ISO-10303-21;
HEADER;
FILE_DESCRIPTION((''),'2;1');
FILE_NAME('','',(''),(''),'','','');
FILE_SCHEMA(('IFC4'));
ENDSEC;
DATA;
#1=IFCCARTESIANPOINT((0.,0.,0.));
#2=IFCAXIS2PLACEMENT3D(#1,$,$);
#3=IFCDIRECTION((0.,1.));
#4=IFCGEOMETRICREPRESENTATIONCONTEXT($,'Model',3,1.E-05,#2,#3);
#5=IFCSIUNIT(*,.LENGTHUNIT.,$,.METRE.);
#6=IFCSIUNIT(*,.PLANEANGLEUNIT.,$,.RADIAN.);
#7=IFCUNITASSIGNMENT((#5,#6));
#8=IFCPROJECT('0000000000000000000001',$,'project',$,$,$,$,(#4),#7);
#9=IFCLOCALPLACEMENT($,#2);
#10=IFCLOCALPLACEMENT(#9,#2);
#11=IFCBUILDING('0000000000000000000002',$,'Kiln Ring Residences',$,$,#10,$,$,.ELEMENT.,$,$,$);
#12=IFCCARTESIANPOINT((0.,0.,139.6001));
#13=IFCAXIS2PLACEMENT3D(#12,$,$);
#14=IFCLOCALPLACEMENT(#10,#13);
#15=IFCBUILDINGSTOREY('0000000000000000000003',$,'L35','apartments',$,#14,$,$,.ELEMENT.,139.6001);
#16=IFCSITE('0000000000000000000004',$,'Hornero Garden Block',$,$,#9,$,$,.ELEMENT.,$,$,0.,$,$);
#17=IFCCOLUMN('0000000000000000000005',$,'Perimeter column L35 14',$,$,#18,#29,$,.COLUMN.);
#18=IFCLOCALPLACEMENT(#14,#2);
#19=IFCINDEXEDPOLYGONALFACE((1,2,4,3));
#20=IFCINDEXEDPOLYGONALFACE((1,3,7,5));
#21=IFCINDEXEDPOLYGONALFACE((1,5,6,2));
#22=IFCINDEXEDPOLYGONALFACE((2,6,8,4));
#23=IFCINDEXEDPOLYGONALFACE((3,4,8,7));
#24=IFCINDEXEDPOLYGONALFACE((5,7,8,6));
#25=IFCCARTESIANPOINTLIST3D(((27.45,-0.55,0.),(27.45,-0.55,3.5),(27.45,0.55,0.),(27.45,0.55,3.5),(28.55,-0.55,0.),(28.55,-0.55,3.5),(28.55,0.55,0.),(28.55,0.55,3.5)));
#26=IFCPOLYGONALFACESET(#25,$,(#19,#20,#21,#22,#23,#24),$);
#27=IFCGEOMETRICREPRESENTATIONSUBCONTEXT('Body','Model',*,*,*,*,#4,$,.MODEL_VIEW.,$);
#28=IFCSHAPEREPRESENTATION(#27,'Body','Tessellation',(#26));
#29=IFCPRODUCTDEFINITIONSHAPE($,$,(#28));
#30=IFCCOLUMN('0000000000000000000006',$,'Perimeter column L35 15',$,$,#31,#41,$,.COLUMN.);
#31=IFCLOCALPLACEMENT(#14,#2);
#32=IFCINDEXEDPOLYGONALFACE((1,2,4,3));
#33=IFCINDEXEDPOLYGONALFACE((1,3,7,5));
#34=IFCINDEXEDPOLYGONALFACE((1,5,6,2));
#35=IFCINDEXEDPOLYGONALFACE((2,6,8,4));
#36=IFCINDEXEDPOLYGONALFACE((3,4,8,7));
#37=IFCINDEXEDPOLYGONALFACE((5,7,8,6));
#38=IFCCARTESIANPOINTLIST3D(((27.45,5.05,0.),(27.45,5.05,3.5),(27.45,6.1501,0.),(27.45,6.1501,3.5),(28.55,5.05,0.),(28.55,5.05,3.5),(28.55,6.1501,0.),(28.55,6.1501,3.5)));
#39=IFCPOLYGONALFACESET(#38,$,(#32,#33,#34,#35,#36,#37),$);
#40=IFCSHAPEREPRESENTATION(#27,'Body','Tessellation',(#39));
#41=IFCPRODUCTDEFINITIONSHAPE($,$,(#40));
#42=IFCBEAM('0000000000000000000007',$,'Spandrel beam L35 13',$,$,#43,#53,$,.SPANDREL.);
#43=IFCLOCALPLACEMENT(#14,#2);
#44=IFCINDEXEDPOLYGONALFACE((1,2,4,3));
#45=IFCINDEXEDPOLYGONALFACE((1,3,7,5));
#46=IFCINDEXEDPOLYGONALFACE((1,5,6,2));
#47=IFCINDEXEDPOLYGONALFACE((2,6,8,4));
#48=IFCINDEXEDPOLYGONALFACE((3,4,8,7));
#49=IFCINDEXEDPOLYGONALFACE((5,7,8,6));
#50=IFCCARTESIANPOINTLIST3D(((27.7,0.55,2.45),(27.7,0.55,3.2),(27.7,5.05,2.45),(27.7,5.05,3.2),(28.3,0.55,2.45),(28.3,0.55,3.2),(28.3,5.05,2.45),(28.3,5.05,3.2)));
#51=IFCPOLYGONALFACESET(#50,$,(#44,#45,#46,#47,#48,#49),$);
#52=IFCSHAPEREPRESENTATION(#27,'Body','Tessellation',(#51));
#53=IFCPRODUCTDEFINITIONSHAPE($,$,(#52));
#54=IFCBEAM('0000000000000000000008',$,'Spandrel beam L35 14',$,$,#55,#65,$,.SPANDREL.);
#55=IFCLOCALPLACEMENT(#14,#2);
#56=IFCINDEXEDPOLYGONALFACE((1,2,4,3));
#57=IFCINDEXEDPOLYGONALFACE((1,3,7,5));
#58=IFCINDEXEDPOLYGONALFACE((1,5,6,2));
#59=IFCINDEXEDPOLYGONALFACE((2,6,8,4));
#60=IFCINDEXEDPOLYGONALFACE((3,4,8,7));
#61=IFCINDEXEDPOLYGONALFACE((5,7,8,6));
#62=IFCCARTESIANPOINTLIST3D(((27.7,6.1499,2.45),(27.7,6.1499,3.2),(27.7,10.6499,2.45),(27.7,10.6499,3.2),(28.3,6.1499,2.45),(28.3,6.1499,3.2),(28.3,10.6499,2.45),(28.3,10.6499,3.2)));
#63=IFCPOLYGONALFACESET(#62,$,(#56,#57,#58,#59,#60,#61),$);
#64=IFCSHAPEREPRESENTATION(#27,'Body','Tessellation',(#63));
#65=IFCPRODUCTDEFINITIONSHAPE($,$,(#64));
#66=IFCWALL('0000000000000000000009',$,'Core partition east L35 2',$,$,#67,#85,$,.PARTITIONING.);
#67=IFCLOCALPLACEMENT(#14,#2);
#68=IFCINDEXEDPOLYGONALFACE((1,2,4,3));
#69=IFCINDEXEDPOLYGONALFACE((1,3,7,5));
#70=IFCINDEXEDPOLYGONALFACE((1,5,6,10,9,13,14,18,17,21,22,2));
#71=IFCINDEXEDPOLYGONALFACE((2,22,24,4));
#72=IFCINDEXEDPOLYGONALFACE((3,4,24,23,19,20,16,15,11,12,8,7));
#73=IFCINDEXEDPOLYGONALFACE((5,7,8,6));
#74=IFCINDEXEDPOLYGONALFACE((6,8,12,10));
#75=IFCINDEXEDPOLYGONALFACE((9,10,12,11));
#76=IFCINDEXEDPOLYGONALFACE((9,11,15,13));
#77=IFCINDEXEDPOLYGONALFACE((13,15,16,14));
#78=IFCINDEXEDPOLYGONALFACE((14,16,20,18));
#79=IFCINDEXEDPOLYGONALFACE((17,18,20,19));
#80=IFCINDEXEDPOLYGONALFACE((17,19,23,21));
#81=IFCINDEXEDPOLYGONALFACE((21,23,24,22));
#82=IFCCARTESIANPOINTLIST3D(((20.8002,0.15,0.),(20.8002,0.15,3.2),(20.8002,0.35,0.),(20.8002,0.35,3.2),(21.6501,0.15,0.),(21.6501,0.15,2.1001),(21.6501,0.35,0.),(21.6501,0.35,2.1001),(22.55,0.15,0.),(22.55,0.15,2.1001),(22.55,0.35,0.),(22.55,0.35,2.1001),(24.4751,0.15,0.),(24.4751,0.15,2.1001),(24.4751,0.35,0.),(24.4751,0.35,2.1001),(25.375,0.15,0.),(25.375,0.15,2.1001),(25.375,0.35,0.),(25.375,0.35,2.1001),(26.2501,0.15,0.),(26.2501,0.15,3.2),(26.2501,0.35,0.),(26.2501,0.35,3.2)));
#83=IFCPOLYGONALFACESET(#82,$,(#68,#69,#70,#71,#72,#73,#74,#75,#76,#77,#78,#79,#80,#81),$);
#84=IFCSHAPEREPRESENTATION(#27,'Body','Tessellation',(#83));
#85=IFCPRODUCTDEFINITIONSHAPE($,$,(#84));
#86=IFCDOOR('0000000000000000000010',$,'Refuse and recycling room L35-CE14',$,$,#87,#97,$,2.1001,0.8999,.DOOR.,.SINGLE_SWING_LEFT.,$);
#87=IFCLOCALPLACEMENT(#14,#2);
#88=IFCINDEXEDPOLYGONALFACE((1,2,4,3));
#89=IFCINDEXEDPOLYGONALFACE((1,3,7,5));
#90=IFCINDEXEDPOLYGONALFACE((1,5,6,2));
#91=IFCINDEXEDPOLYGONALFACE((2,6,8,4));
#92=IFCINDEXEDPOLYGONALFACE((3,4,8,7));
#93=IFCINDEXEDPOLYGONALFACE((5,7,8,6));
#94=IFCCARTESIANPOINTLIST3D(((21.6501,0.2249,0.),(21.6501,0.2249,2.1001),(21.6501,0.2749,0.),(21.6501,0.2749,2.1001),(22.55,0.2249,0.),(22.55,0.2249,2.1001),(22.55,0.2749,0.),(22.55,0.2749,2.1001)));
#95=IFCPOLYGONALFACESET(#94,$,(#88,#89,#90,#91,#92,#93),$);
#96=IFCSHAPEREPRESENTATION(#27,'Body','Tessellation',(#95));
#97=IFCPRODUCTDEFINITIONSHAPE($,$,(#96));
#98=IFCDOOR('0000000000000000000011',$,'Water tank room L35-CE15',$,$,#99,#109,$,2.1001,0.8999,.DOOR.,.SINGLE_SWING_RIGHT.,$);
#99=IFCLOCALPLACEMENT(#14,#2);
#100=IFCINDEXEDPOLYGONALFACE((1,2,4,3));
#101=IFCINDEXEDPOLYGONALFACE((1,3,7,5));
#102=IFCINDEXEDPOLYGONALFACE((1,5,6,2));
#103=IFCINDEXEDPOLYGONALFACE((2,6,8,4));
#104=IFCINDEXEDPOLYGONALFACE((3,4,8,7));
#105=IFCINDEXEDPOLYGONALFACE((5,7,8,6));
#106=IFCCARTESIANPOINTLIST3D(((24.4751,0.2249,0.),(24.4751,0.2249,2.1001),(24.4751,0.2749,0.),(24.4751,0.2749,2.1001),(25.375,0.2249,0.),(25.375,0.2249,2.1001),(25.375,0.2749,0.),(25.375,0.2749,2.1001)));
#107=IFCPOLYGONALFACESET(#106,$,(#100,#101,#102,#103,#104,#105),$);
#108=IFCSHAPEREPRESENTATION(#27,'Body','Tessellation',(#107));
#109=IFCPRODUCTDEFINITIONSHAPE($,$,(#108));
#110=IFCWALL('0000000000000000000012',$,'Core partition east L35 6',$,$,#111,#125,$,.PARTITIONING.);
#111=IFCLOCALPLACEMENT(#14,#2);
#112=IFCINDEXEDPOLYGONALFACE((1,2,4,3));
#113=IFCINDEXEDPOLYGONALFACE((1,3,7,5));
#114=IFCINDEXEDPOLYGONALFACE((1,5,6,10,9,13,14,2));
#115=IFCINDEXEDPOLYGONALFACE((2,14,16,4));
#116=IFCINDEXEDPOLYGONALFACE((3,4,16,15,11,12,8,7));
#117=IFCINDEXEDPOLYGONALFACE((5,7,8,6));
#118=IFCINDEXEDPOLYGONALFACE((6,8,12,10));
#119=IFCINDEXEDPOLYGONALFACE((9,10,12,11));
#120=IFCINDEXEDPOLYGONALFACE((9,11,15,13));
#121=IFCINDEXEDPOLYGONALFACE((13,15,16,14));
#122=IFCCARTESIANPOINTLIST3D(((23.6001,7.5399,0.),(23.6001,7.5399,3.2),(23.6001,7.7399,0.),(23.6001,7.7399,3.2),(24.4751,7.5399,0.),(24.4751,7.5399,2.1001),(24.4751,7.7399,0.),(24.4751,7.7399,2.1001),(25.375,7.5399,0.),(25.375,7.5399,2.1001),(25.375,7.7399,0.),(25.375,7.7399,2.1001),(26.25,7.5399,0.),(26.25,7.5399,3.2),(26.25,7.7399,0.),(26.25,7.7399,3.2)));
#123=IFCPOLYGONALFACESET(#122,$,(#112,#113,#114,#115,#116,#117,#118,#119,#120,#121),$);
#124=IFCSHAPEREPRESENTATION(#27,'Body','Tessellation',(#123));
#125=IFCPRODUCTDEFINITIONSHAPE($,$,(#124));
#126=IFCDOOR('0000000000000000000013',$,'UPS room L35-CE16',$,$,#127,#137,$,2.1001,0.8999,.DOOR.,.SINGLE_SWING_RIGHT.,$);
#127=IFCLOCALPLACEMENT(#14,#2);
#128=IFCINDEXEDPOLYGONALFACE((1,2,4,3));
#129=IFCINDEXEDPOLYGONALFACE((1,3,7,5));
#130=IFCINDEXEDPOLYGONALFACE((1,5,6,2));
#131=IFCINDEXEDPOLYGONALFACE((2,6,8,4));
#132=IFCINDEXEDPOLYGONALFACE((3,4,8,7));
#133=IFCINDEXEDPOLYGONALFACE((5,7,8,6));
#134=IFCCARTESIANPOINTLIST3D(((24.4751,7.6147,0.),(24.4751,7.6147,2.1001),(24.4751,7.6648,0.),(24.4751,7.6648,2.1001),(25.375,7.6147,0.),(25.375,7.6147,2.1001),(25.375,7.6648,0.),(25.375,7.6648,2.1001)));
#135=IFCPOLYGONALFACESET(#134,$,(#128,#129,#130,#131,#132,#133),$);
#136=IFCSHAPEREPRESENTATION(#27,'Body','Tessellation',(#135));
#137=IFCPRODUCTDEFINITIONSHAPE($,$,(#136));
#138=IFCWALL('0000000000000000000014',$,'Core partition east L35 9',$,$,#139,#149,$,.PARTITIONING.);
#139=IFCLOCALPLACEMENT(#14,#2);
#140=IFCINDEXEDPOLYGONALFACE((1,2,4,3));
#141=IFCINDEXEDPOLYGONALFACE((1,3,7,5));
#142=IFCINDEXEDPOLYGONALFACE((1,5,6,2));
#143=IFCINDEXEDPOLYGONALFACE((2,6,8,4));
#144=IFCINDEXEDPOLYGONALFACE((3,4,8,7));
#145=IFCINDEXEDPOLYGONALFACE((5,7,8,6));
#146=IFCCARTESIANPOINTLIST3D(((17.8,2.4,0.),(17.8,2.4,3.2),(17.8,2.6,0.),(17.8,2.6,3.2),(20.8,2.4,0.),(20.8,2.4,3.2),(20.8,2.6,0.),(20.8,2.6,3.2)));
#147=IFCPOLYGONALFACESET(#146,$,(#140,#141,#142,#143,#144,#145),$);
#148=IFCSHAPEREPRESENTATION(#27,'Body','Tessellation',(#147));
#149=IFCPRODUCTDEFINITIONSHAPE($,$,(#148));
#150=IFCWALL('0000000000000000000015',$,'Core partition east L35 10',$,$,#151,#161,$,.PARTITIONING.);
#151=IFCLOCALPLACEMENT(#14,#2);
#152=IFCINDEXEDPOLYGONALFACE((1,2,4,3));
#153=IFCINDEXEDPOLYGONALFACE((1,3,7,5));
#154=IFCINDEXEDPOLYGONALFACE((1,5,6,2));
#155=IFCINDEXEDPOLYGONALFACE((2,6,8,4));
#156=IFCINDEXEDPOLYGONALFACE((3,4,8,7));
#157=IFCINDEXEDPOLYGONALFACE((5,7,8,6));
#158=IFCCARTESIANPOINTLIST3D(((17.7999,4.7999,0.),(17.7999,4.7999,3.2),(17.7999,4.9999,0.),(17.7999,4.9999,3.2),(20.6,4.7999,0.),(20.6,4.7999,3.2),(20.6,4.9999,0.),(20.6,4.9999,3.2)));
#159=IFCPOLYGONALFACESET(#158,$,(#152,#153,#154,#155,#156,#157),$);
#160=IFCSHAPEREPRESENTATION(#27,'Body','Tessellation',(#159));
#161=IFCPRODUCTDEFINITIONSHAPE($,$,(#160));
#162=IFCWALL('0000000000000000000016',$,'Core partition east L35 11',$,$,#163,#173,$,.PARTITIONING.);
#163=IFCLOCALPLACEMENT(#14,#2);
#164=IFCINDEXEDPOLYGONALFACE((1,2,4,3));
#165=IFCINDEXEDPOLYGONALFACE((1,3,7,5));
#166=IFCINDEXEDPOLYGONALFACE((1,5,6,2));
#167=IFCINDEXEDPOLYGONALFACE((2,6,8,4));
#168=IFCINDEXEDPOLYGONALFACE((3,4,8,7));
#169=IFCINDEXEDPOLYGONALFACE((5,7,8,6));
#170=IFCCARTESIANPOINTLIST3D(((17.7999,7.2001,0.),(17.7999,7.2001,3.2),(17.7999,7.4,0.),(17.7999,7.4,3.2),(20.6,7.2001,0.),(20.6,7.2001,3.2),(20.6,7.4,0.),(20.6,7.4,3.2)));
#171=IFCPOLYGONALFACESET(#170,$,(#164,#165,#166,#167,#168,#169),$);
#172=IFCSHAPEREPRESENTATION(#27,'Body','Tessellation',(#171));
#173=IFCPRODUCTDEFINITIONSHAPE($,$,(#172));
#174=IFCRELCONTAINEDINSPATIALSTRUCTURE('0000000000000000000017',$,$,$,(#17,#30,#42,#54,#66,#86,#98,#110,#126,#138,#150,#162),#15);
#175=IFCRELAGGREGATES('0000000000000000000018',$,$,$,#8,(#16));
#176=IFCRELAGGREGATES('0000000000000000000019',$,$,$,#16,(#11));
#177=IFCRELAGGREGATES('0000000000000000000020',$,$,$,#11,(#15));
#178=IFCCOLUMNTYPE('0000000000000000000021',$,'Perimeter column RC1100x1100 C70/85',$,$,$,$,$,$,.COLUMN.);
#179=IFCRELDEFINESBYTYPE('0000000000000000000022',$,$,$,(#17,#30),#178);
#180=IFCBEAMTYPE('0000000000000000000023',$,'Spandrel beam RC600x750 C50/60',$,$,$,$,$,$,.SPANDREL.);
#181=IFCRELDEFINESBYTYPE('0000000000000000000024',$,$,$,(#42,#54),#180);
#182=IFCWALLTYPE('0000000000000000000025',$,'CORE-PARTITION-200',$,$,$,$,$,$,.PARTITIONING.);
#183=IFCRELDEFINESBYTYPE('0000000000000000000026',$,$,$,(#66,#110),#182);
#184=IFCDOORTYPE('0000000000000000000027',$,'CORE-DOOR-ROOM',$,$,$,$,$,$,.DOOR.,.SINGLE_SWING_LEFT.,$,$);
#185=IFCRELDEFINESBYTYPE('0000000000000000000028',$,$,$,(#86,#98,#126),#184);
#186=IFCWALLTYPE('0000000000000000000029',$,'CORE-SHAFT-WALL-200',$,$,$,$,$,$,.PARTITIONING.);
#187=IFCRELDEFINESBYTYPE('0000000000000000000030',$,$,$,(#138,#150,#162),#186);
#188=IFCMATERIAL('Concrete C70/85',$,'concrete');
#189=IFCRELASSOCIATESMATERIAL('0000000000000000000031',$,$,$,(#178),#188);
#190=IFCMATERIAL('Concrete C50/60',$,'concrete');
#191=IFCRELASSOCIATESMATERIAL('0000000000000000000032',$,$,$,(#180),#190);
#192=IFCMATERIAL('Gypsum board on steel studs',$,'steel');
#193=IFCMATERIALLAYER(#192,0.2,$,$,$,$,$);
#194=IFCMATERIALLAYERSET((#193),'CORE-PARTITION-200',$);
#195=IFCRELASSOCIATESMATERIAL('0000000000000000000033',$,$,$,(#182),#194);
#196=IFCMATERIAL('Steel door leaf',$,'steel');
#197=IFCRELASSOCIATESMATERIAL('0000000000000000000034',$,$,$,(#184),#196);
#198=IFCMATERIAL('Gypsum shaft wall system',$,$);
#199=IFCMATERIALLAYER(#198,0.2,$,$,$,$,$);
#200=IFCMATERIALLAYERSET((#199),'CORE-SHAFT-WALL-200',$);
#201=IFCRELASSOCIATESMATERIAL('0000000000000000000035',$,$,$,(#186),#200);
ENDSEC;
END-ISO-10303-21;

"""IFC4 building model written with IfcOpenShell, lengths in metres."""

from ifc_helpers import new_model, si_unit, direction, frame, frame_2d, origin, origin_2d, place, context, subcontext, project, spatial, rectangle, extrude, material, layer, layer_set, material_profile, profile_set, type_object, element, fill, save


model = new_model("IFC4")

# Units and contexts
model_context = context("Model", 3, precision=1e-05, world=origin(), true_north=direction((0.0, 1.0)))
body_context = subcontext(model_context, "Body", "Model", "MODEL_VIEW")
ifc_project = project(units=[si_unit("LENGTHUNIT", "METRE"), si_unit("PLANEANGLEUNIT", "RADIAN")], contexts=[model_context])

# Site, building, storey
site_placement = place(None, origin())
site = spatial("IfcSite", under=ifc_project, at=site_placement, Name="Hornero Garden Block", CompositionType="ELEMENT", RefElevation=0.0)
building_placement = place(site_placement, origin())
building = spatial("IfcBuilding", under=site, at=building_placement, Name="Kiln Ring Residences", CompositionType="ELEMENT")
storey_placement = place(building_placement, frame((0.0, 0.0, 139.6001)))
storey = spatial("IfcBuildingStorey", under=building, at=storey_placement, Name="L35", Description="apartments", CompositionType="ELEMENT", Elevation=139.6001)

# Columns
ifc_material_1 = material(Name="Concrete C70/85", Category="concrete")
ifc_material_profile_1 = material_profile(ifc_material_1, rectangle(XDim=1.1001, YDim=1.1001, at=origin_2d()), Name="RC1100x1100")
ifc_profile_set_1 = profile_set([ifc_material_profile_1], Name="Concrete C70/85")
column_type = type_object("IfcColumnType", Name="Perimeter column RC1100x1100 C70/85", PredefinedType="COLUMN", material=ifc_profile_set_1)
for number, where, z_axis, x_axis, name in (
    (1, (28.0, 0.0, 0.0), (0.0, 0.0, 1.0), (1.0, 0.0, 0.0), "Perimeter column L35 14"),
    (2, (28.0, 5.6001, 0.0), (0.0, 0.0, 1.0), (1.0, 0.0, 0.0), "Perimeter column L35 15"),
):
    element("IfcColumn", number, at=place(storey_placement, frame(where, z_axis=z_axis, x_axis=x_axis)), inside=storey, type_object=column_type, Name=name, PredefinedType="COLUMN", context=body_context, shape_type="SweptSolid", body=[
        extrude(rectangle(XDim=1.1001, YDim=1.1001, at=origin_2d()), origin(), (0.0, 0.0, 1.0), 3.5),
    ])

# Beams
ifc_material_2 = material(Name="Concrete C50/60", Category="concrete")
ifc_material_profile_2 = material_profile(ifc_material_2, rectangle(XDim=0.6001, YDim=0.75, at=origin_2d()), Name="RC600x750")
ifc_profile_set_2 = profile_set([ifc_material_profile_2], Name="Concrete C50/60")
beam_type = type_object("IfcBeamType", Name="Spandrel beam RC600x750 C50/60", PredefinedType="SPANDREL", material=ifc_profile_set_2)
for number, where, z_axis, x_axis, name in (
    (3, (28.0, 0.55, 2.825), (0.0, 1.0, 0.0), (-1.0, 0.0, 0.0), "Spandrel beam L35 13"),
    (4, (28.0, 6.1499, 2.825), (0.0, 1.0, 0.0), (-1.0, 0.0, 0.0), "Spandrel beam L35 14"),
):
    element("IfcBeam", number, at=place(storey_placement, frame(where, z_axis=z_axis, x_axis=x_axis)), inside=storey, type_object=beam_type, Name=name, PredefinedType="SPANDREL", context=body_context, shape_type="SweptSolid", body=[
        extrude(rectangle(XDim=0.6001, YDim=0.75, at=origin_2d()), origin(), (0.0, 0.0, 1.0), 4.5),
    ])

# Wall, openings, doors
ifc_material_3 = material(Name="Gypsum board on steel studs", Category="steel")
ifc_layer_1 = layer(ifc_material_3, 0.2)
ifc_layer_set_1 = layer_set([ifc_layer_1], Name="CORE-PARTITION-200")
wall_type_1 = type_object("IfcWallType", Name="CORE-PARTITION-200", PredefinedType="PARTITIONING", material=ifc_layer_set_1)
wall_1_placement = place(storey_placement, frame((20.8, 0.25, 0.0), z_axis=(0.0, 0.0, 1.0), x_axis=(1.0, 0.0, 0.0)))
wall_1 = element("IfcWall", 5, at=wall_1_placement, inside=storey, type_object=wall_type_1, Name="Core partition east L35 2", PredefinedType="PARTITIONING", context=body_context, shape_type="SweptSolid", body=[
    extrude(rectangle(XDim=5.45, YDim=0.2, at=frame_2d((2.7251, 0.0))), origin(), (0.0, 0.0, 1.0), 3.2),
])
opening_1_placement = place(wall_1_placement, frame((0.8501, 0.0, 0.0)))
opening_1 = element("IfcOpeningElement", 6, at=opening_1_placement, cuts=wall_1, PredefinedType="OPENING", context=body_context, shape_type="SweptSolid", body=[
    extrude(rectangle(XDim=0.8999, YDim=2.1001, at=frame_2d((0.45, 1.05))), frame((0.0, 0.1099, 0.0), z_axis=(0.0, -1.0, 0.0), x_axis=(1.0, 0.0, 0.0)), (0.0, 0.0, 1.0), 0.22),
])
opening_2_placement = place(wall_1_placement, frame((3.675, 0.0, 0.0)))
opening_2 = element("IfcOpeningElement", 7, at=opening_2_placement, cuts=wall_1, PredefinedType="OPENING", context=body_context, shape_type="SweptSolid", body=[
    extrude(rectangle(XDim=0.8999, YDim=2.1001, at=frame_2d((0.45, 1.05))), frame((0.0, 0.1099, 0.0), z_axis=(0.0, -1.0, 0.0), x_axis=(1.0, 0.0, 0.0)), (0.0, 0.0, 1.0), 0.22),
])
ifc_material_4 = material(Name="Steel door leaf", Category="steel")
door_type = type_object("IfcDoorType", Name="CORE-DOOR-ROOM", OperationType="SINGLE_SWING_LEFT", PredefinedType="DOOR", material=ifc_material_4)
door_1_placement = place(opening_1_placement, origin())
door_1 = element("IfcDoor", 8, at=door_1_placement, inside=storey, type_object=door_type, Name="Refuse and recycling room L35-CE14", OperationType="SINGLE_SWING_LEFT", OverallHeight=2.1001, OverallWidth=0.8999, PredefinedType="DOOR", context=body_context, shape_type="SweptSolid", body=[
    extrude(rectangle(XDim=0.8999, YDim=2.1001, at=frame_2d((0.45, 1.05))), frame((0.0, 0.0249, 0.0), z_axis=(0.0, -1.0, 0.0), x_axis=(1.0, 0.0, 0.0)), (0.0, 0.0, 1.0), 0.05),
])
fill(opening_1, door_1)
door_2_placement = place(opening_2_placement, origin())
door_2 = element("IfcDoor", 9, at=door_2_placement, inside=storey, type_object=door_type, Name="Water tank room L35-CE15", OperationType="SINGLE_SWING_RIGHT", OverallHeight=2.1001, OverallWidth=0.8999, PredefinedType="DOOR", context=body_context, shape_type="SweptSolid", body=[
    extrude(rectangle(XDim=0.8999, YDim=2.1001, at=frame_2d((0.45, 1.05))), frame((0.0, 0.0249, 0.0), z_axis=(0.0, -1.0, 0.0), x_axis=(1.0, 0.0, 0.0)), (0.0, 0.0, 1.0), 0.05),
])
fill(opening_2, door_2)

# Wall, opening, door
wall_2_placement = place(storey_placement, frame((23.6001, 7.6399, 0.0), z_axis=(0.0, 0.0, 1.0), x_axis=(1.0, 0.0, 0.0)))
wall_2 = element("IfcWall", 10, at=wall_2_placement, inside=storey, type_object=wall_type_1, Name="Core partition east L35 6", PredefinedType="PARTITIONING", context=body_context, shape_type="SweptSolid", body=[
    extrude(rectangle(XDim=2.6499, YDim=0.2, at=frame_2d((1.325, 0.0))), origin(), (0.0, 0.0, 1.0), 3.2),
])
opening_3_placement = place(wall_2_placement, frame((0.875, 0.0, 0.0)))
opening_3 = element("IfcOpeningElement", 11, at=opening_3_placement, cuts=wall_2, PredefinedType="OPENING", context=body_context, shape_type="SweptSolid", body=[
    extrude(rectangle(XDim=0.8999, YDim=2.1001, at=frame_2d((0.45, 1.05))), frame((0.0, 0.1099, 0.0), z_axis=(0.0, -1.0, 0.0), x_axis=(1.0, 0.0, 0.0)), (0.0, 0.0, 1.0), 0.22),
])
door_3_placement = place(opening_3_placement, origin())
door_3 = element("IfcDoor", 12, at=door_3_placement, inside=storey, type_object=door_type, Name="UPS room L35-CE16", OperationType="SINGLE_SWING_RIGHT", OverallHeight=2.1001, OverallWidth=0.8999, PredefinedType="DOOR", context=body_context, shape_type="SweptSolid", body=[
    extrude(rectangle(XDim=0.8999, YDim=2.1001, at=frame_2d((0.45, 1.05))), frame((0.0, 0.0249, 0.0), z_axis=(0.0, -1.0, 0.0), x_axis=(1.0, 0.0, 0.0)), (0.0, 0.0, 1.0), 0.05),
])
fill(opening_3, door_3)

# Walls
ifc_material_5 = material(Name="Gypsum shaft wall system")
ifc_layer_2 = layer(ifc_material_5, 0.2)
ifc_layer_set_2 = layer_set([ifc_layer_2], Name="CORE-SHAFT-WALL-200")
wall_type_2 = type_object("IfcWallType", Name="CORE-SHAFT-WALL-200", PredefinedType="PARTITIONING", material=ifc_layer_set_2)
wall_3_placement = place(storey_placement, frame((17.8, 2.5, 0.0), z_axis=(0.0, 0.0, 1.0), x_axis=(1.0, 0.0, 0.0)))
element("IfcWall", 13, at=wall_3_placement, inside=storey, type_object=wall_type_2, Name="Core partition east L35 9", PredefinedType="PARTITIONING", context=body_context, shape_type="SweptSolid", body=[
    extrude(rectangle(XDim=3.0, YDim=0.2, at=frame_2d((1.5, 0.0))), origin(), (0.0, 0.0, 1.0), 3.2),
])
for number, where, z_axis, x_axis, name in (
    (14, (17.8, 4.8999, 0.0), (0.0, 0.0, 1.0), (1.0, 0.0, 0.0), "Core partition east L35 10"),
    (15, (17.8, 7.3, 0.0), (0.0, 0.0, 1.0), (1.0, 0.0, 0.0), "Core partition east L35 11"),
):
    element("IfcWall", number, at=place(storey_placement, frame(where, z_axis=z_axis, x_axis=x_axis)), inside=storey, type_object=wall_type_2, Name=name, PredefinedType="PARTITIONING", context=body_context, shape_type="SweptSolid", body=[
        extrude(rectangle(XDim=2.8, YDim=0.2, at=frame_2d((1.3999, 0.0))), origin(), (0.0, 0.0, 1.0), 3.2),
    ])

save(model, "model.ifc")
